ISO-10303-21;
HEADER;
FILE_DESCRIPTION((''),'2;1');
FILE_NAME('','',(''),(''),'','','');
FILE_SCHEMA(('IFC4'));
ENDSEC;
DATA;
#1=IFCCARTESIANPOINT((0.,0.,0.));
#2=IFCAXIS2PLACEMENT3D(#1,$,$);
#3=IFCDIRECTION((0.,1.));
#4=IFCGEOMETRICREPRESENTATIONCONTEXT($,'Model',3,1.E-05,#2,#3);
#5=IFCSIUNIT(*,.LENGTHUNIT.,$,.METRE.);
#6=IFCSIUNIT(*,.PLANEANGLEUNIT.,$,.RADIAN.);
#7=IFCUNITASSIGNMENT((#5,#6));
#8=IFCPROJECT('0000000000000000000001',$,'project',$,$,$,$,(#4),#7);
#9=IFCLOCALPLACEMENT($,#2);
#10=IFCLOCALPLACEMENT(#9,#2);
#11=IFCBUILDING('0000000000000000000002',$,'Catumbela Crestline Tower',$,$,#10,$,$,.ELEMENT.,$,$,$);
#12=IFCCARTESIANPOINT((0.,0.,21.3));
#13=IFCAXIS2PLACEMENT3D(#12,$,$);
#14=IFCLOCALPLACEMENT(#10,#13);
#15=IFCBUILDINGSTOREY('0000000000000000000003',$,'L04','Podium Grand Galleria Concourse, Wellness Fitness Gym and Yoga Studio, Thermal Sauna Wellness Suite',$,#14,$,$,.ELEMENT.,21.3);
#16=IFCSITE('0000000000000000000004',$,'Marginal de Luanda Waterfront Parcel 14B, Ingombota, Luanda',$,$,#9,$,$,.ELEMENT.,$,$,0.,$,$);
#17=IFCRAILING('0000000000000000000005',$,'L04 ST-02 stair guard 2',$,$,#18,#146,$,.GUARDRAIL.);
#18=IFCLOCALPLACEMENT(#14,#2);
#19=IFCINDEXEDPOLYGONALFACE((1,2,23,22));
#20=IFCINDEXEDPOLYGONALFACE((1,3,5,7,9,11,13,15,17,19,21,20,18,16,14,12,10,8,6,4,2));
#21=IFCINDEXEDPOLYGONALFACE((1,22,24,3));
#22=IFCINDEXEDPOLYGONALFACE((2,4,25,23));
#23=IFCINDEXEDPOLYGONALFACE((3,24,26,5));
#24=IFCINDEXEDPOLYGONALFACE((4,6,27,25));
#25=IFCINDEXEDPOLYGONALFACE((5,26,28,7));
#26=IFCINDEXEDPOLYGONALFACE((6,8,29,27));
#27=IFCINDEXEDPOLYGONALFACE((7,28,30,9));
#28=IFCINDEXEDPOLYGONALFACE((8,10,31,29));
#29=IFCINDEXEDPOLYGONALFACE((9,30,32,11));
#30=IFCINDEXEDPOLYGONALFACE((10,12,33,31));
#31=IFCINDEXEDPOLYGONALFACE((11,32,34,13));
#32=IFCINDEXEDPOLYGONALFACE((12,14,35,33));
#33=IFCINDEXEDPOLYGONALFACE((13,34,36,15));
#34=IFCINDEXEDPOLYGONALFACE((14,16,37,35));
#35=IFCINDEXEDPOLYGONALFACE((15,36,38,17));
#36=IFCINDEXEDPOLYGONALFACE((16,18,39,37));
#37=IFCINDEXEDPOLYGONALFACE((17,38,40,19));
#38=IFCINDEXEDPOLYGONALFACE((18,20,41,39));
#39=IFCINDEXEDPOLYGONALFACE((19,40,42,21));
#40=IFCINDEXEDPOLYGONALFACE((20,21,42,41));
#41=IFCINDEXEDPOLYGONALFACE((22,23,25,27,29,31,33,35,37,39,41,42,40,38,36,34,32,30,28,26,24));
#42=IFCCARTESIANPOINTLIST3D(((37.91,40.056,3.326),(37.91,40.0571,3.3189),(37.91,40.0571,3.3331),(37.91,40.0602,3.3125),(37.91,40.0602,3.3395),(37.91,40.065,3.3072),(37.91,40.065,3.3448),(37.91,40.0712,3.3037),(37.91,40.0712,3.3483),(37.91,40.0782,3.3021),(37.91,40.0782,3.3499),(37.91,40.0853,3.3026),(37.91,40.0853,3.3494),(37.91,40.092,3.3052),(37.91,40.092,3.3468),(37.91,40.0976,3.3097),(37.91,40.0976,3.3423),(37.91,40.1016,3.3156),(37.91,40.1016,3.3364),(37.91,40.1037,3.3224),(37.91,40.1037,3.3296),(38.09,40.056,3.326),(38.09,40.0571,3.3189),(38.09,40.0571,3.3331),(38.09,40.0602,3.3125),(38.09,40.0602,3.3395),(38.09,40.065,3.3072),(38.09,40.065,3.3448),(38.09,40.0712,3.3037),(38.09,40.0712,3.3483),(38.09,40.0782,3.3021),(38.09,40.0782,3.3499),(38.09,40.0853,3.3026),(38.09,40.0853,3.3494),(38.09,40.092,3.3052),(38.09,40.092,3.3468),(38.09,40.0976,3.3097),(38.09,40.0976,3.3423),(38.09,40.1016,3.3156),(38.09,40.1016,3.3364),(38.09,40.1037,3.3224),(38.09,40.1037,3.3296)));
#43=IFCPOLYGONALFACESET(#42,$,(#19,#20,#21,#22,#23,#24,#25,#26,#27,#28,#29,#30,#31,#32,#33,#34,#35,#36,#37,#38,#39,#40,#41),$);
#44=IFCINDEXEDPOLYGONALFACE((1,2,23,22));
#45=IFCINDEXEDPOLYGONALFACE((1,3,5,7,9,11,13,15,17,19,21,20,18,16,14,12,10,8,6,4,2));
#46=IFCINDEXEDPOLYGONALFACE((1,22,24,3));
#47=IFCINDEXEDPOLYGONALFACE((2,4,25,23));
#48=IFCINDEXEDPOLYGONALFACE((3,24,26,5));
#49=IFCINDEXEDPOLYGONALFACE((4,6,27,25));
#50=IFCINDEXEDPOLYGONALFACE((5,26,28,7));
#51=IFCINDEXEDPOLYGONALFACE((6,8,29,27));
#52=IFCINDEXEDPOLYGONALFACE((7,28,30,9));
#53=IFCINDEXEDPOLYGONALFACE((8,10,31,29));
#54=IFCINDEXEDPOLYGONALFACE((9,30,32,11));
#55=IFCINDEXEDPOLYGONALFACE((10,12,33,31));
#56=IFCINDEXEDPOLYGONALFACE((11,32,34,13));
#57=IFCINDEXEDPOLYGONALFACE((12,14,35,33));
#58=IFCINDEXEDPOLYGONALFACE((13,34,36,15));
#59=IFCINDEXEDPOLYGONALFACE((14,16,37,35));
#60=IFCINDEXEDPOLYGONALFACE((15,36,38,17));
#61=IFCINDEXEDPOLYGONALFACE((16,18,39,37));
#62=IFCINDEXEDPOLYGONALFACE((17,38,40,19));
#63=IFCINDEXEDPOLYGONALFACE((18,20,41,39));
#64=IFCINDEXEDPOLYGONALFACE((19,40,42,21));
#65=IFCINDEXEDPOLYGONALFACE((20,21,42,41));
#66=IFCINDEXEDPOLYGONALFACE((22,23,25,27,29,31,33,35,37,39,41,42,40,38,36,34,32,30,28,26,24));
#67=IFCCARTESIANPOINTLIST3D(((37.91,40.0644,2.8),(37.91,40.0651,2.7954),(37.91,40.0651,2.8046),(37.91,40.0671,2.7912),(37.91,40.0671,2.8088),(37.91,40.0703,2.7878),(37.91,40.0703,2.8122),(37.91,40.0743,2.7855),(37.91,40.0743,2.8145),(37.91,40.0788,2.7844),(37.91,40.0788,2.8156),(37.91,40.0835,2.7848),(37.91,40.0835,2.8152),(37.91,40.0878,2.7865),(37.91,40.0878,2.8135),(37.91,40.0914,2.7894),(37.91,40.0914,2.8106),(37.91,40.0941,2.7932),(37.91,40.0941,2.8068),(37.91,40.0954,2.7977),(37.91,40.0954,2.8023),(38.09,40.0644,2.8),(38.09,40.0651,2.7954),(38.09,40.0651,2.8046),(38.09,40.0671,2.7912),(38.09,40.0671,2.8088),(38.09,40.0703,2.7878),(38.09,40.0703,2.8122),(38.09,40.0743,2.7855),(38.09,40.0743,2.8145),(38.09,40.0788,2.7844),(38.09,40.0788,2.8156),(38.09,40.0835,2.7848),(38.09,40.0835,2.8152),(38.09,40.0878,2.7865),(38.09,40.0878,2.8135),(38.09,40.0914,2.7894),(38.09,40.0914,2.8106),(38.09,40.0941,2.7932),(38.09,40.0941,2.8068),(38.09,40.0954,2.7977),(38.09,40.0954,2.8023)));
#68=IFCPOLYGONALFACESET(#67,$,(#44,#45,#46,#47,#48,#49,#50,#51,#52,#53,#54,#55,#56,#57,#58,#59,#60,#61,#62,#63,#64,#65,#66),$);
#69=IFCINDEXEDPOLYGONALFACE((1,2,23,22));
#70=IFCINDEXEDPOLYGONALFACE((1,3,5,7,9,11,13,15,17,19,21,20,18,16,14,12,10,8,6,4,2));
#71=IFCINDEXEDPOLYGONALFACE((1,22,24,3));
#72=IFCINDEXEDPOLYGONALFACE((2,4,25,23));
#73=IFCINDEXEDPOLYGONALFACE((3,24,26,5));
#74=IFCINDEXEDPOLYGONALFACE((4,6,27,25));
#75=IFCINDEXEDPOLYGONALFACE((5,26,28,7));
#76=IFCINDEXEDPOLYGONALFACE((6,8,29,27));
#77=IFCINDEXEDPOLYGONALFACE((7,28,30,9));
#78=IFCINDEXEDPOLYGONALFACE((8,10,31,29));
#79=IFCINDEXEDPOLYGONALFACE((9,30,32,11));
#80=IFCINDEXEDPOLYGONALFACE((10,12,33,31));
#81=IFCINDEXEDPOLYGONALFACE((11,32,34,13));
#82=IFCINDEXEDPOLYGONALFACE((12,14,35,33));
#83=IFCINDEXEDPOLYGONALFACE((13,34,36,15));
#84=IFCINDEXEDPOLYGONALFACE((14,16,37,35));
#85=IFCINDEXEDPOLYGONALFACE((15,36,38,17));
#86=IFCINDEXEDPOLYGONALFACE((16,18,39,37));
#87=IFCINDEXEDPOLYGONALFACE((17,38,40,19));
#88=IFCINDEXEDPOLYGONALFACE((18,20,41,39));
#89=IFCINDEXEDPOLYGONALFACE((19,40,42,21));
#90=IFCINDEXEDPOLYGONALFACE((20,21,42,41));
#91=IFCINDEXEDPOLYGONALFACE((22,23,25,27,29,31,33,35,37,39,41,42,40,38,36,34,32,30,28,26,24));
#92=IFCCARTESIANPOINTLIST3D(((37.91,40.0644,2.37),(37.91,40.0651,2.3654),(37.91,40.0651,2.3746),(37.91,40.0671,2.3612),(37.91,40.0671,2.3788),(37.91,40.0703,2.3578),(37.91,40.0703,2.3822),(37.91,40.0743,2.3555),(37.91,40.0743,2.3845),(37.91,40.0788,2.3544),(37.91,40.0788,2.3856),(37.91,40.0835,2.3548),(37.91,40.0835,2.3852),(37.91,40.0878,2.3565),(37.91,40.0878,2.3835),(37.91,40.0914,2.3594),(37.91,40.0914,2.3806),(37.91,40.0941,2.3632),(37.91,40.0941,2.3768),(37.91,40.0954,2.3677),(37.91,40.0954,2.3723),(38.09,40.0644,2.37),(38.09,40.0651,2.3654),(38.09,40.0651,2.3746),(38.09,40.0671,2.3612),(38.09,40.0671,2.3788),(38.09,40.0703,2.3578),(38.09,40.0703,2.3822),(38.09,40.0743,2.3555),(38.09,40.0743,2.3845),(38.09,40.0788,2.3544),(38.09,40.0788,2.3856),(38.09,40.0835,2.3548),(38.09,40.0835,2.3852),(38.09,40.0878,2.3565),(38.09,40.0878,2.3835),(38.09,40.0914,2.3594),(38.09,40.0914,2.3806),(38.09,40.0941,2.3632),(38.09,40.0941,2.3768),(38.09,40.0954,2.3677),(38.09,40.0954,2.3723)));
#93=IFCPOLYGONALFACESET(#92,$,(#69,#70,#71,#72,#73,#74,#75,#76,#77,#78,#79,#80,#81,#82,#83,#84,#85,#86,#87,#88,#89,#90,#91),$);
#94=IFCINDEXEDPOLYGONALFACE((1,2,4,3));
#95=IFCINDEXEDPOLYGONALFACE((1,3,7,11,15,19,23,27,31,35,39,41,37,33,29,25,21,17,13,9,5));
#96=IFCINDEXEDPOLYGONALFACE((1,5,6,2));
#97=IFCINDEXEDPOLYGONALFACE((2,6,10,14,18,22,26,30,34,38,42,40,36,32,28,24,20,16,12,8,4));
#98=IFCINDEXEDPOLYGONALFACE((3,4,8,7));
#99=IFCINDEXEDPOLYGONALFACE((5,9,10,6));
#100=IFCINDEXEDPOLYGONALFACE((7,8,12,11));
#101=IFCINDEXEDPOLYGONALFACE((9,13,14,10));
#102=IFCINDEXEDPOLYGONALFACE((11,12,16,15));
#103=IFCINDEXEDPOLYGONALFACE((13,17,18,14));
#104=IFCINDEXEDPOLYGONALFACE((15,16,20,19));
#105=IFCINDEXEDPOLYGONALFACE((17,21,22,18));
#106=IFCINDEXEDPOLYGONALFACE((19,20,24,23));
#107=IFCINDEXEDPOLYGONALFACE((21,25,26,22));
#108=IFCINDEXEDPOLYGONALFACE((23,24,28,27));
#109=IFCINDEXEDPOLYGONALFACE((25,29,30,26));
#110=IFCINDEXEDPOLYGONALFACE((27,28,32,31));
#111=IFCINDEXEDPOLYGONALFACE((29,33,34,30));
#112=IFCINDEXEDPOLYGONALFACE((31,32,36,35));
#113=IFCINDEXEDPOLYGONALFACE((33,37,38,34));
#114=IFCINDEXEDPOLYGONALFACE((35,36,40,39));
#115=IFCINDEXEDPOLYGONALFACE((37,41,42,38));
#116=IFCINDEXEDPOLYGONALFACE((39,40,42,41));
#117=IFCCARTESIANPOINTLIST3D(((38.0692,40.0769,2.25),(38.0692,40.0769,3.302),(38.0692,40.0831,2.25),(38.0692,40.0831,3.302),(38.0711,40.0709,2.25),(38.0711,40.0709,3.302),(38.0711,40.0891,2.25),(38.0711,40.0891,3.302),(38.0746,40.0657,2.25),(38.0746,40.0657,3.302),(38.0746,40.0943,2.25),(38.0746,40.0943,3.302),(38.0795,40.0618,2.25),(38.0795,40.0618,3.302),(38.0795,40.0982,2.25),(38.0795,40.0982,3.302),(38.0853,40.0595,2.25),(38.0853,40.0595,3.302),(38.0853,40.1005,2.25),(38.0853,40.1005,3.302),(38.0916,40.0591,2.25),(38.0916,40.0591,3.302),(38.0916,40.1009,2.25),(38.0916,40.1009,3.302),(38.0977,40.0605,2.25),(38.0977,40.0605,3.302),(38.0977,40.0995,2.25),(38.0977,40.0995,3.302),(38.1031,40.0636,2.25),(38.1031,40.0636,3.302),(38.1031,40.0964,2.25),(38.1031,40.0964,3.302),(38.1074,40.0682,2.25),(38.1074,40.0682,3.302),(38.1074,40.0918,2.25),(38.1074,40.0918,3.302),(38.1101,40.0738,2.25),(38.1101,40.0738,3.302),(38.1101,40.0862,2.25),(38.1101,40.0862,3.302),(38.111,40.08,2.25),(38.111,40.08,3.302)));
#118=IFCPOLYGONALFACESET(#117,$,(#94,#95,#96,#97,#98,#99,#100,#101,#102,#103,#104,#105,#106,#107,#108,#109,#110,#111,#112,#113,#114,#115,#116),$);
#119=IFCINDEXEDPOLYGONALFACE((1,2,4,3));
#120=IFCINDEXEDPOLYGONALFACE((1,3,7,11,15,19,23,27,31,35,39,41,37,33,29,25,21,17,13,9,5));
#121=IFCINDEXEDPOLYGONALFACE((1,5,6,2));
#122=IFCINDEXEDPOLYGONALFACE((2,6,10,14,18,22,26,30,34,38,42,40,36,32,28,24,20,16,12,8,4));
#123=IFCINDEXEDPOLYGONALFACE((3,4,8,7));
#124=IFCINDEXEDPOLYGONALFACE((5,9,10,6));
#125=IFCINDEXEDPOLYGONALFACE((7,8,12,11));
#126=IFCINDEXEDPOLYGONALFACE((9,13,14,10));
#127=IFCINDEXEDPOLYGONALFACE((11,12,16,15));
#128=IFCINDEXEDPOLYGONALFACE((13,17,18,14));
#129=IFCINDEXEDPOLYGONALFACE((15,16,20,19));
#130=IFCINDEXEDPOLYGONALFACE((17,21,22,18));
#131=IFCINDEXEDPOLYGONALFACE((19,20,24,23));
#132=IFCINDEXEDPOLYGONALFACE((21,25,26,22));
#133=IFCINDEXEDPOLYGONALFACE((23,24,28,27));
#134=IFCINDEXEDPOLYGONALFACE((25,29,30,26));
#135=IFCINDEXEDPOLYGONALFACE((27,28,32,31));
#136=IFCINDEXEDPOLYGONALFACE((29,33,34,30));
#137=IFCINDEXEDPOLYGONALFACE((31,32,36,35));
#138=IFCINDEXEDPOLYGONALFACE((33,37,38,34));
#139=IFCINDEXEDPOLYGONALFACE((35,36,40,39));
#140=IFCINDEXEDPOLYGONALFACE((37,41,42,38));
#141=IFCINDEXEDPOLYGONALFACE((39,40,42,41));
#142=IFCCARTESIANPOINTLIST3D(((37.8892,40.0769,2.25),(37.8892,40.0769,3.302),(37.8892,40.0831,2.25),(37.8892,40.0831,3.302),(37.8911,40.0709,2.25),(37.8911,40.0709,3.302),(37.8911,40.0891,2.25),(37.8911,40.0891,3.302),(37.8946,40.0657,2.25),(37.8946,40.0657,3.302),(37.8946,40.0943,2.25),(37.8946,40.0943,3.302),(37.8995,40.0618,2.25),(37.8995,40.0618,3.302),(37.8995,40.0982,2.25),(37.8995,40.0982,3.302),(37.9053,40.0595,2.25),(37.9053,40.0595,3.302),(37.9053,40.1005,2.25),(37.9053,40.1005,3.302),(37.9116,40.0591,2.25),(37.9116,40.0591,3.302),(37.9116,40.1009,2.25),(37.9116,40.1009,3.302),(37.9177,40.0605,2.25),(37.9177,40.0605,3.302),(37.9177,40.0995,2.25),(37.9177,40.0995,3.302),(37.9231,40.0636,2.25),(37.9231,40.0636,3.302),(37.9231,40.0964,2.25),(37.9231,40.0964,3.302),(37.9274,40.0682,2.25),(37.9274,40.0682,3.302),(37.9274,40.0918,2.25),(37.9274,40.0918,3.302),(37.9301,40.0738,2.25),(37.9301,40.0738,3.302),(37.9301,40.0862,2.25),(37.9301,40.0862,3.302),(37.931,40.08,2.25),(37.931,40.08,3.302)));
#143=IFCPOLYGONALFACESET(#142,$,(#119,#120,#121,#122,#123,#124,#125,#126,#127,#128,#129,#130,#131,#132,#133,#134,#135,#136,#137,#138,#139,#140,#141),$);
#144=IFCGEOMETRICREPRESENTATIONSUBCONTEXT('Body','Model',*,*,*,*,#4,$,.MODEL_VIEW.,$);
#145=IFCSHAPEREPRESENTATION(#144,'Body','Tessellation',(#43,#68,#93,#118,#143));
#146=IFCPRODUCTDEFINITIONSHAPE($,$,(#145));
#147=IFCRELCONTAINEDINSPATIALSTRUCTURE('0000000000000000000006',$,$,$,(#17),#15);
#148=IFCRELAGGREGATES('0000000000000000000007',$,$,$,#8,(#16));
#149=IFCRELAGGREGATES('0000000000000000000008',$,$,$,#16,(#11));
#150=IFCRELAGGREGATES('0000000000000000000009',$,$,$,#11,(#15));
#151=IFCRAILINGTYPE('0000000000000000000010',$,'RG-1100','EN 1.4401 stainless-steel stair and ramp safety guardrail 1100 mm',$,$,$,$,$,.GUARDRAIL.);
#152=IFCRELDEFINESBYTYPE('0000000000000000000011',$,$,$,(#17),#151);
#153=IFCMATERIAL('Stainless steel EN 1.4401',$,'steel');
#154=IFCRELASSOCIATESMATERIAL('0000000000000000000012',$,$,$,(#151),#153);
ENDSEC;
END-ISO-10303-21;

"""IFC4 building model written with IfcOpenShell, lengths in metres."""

from ifc_helpers import new_model, si_unit, direction, frame, origin, origin_2d, place, context, subcontext, project, spatial, circle, extrude, material, type_object, element, save


model = new_model("IFC4")

# Units and contexts
model_context = context("Model", 3, precision=1e-05, world=origin(), true_north=direction((0.0, 1.0)))
body_context = subcontext(model_context, "Body", "Model", "MODEL_VIEW")
ifc_project = project(units=[si_unit("LENGTHUNIT", "METRE"), si_unit("PLANEANGLEUNIT", "RADIAN")], contexts=[model_context])

# Site, building, storey
site_placement = place(None, origin())
site = spatial("IfcSite", under=ifc_project, at=site_placement, Name="Marginal de Luanda Waterfront Parcel 14B, Ingombota, Luanda", CompositionType="ELEMENT", RefElevation=0.0)
building_placement = place(site_placement, origin())
building = spatial("IfcBuilding", under=site, at=building_placement, Name="Catumbela Crestline Tower", CompositionType="ELEMENT")
storey_placement = place(building_placement, frame((0.0, 0.0, 21.3)))
storey = spatial("IfcBuildingStorey", under=building, at=storey_placement, Name="L04", Description="Podium Grand Galleria Concourse, Wellness Fitness Gym and Yoga Studio, Thermal Sauna Wellness Suite", CompositionType="ELEMENT", Elevation=21.3)

# Shared definitions
ifc_material_1 = material(Name="Stainless steel EN 1.4401", Category="steel")

# Railing
railing_type_1 = type_object("IfcRailingType", Name="RG-1100", Description="EN 1.4401 stainless-steel stair and ramp safety guardrail 1100 mm", PredefinedType="GUARDRAIL", material=ifc_material_1)
railing_1_placement = place(storey_placement, frame((38.09, 40.08, 2.25)))
element("IfcRailing", 1, at=railing_1_placement, inside=storey, type_object=railing_type_1, Name="L04 ST-02 stair guard 2", PredefinedType="GUARDRAIL", context=body_context, shape_type="SweptSolid", body=[
    extrude(circle(Radius=0.024, at=origin_2d()), frame((0.0, 0.0, 1.076), z_axis=(-1.0, 0.0, 0.0), x_axis=(0.0, -1.0, 0.0)), (0.0, 0.0, 1.0), 0.18),
    extrude(circle(Radius=0.0156, at=origin_2d()), frame((0.0, 0.0, 0.55), z_axis=(-1.0, 0.0, 0.0), x_axis=(0.0, -1.0, 0.0)), (0.0, 0.0, 1.0), 0.18),
    extrude(circle(Radius=0.0156, at=origin_2d()), frame((0.0, 0.0, 0.12), z_axis=(-1.0, 0.0, 0.0), x_axis=(0.0, -1.0, 0.0)), (0.0, 0.0, 1.0), 0.18),
    extrude(circle(Radius=0.021, at=origin_2d()), origin(), (0.0, 0.0, 1.0), 1.052),
    extrude(circle(Radius=0.021, at=origin_2d()), frame((-0.18, 0.0, 0.0)), (0.0, 0.0, 1.0), 1.052),
])

save(model, "model.ifc")
